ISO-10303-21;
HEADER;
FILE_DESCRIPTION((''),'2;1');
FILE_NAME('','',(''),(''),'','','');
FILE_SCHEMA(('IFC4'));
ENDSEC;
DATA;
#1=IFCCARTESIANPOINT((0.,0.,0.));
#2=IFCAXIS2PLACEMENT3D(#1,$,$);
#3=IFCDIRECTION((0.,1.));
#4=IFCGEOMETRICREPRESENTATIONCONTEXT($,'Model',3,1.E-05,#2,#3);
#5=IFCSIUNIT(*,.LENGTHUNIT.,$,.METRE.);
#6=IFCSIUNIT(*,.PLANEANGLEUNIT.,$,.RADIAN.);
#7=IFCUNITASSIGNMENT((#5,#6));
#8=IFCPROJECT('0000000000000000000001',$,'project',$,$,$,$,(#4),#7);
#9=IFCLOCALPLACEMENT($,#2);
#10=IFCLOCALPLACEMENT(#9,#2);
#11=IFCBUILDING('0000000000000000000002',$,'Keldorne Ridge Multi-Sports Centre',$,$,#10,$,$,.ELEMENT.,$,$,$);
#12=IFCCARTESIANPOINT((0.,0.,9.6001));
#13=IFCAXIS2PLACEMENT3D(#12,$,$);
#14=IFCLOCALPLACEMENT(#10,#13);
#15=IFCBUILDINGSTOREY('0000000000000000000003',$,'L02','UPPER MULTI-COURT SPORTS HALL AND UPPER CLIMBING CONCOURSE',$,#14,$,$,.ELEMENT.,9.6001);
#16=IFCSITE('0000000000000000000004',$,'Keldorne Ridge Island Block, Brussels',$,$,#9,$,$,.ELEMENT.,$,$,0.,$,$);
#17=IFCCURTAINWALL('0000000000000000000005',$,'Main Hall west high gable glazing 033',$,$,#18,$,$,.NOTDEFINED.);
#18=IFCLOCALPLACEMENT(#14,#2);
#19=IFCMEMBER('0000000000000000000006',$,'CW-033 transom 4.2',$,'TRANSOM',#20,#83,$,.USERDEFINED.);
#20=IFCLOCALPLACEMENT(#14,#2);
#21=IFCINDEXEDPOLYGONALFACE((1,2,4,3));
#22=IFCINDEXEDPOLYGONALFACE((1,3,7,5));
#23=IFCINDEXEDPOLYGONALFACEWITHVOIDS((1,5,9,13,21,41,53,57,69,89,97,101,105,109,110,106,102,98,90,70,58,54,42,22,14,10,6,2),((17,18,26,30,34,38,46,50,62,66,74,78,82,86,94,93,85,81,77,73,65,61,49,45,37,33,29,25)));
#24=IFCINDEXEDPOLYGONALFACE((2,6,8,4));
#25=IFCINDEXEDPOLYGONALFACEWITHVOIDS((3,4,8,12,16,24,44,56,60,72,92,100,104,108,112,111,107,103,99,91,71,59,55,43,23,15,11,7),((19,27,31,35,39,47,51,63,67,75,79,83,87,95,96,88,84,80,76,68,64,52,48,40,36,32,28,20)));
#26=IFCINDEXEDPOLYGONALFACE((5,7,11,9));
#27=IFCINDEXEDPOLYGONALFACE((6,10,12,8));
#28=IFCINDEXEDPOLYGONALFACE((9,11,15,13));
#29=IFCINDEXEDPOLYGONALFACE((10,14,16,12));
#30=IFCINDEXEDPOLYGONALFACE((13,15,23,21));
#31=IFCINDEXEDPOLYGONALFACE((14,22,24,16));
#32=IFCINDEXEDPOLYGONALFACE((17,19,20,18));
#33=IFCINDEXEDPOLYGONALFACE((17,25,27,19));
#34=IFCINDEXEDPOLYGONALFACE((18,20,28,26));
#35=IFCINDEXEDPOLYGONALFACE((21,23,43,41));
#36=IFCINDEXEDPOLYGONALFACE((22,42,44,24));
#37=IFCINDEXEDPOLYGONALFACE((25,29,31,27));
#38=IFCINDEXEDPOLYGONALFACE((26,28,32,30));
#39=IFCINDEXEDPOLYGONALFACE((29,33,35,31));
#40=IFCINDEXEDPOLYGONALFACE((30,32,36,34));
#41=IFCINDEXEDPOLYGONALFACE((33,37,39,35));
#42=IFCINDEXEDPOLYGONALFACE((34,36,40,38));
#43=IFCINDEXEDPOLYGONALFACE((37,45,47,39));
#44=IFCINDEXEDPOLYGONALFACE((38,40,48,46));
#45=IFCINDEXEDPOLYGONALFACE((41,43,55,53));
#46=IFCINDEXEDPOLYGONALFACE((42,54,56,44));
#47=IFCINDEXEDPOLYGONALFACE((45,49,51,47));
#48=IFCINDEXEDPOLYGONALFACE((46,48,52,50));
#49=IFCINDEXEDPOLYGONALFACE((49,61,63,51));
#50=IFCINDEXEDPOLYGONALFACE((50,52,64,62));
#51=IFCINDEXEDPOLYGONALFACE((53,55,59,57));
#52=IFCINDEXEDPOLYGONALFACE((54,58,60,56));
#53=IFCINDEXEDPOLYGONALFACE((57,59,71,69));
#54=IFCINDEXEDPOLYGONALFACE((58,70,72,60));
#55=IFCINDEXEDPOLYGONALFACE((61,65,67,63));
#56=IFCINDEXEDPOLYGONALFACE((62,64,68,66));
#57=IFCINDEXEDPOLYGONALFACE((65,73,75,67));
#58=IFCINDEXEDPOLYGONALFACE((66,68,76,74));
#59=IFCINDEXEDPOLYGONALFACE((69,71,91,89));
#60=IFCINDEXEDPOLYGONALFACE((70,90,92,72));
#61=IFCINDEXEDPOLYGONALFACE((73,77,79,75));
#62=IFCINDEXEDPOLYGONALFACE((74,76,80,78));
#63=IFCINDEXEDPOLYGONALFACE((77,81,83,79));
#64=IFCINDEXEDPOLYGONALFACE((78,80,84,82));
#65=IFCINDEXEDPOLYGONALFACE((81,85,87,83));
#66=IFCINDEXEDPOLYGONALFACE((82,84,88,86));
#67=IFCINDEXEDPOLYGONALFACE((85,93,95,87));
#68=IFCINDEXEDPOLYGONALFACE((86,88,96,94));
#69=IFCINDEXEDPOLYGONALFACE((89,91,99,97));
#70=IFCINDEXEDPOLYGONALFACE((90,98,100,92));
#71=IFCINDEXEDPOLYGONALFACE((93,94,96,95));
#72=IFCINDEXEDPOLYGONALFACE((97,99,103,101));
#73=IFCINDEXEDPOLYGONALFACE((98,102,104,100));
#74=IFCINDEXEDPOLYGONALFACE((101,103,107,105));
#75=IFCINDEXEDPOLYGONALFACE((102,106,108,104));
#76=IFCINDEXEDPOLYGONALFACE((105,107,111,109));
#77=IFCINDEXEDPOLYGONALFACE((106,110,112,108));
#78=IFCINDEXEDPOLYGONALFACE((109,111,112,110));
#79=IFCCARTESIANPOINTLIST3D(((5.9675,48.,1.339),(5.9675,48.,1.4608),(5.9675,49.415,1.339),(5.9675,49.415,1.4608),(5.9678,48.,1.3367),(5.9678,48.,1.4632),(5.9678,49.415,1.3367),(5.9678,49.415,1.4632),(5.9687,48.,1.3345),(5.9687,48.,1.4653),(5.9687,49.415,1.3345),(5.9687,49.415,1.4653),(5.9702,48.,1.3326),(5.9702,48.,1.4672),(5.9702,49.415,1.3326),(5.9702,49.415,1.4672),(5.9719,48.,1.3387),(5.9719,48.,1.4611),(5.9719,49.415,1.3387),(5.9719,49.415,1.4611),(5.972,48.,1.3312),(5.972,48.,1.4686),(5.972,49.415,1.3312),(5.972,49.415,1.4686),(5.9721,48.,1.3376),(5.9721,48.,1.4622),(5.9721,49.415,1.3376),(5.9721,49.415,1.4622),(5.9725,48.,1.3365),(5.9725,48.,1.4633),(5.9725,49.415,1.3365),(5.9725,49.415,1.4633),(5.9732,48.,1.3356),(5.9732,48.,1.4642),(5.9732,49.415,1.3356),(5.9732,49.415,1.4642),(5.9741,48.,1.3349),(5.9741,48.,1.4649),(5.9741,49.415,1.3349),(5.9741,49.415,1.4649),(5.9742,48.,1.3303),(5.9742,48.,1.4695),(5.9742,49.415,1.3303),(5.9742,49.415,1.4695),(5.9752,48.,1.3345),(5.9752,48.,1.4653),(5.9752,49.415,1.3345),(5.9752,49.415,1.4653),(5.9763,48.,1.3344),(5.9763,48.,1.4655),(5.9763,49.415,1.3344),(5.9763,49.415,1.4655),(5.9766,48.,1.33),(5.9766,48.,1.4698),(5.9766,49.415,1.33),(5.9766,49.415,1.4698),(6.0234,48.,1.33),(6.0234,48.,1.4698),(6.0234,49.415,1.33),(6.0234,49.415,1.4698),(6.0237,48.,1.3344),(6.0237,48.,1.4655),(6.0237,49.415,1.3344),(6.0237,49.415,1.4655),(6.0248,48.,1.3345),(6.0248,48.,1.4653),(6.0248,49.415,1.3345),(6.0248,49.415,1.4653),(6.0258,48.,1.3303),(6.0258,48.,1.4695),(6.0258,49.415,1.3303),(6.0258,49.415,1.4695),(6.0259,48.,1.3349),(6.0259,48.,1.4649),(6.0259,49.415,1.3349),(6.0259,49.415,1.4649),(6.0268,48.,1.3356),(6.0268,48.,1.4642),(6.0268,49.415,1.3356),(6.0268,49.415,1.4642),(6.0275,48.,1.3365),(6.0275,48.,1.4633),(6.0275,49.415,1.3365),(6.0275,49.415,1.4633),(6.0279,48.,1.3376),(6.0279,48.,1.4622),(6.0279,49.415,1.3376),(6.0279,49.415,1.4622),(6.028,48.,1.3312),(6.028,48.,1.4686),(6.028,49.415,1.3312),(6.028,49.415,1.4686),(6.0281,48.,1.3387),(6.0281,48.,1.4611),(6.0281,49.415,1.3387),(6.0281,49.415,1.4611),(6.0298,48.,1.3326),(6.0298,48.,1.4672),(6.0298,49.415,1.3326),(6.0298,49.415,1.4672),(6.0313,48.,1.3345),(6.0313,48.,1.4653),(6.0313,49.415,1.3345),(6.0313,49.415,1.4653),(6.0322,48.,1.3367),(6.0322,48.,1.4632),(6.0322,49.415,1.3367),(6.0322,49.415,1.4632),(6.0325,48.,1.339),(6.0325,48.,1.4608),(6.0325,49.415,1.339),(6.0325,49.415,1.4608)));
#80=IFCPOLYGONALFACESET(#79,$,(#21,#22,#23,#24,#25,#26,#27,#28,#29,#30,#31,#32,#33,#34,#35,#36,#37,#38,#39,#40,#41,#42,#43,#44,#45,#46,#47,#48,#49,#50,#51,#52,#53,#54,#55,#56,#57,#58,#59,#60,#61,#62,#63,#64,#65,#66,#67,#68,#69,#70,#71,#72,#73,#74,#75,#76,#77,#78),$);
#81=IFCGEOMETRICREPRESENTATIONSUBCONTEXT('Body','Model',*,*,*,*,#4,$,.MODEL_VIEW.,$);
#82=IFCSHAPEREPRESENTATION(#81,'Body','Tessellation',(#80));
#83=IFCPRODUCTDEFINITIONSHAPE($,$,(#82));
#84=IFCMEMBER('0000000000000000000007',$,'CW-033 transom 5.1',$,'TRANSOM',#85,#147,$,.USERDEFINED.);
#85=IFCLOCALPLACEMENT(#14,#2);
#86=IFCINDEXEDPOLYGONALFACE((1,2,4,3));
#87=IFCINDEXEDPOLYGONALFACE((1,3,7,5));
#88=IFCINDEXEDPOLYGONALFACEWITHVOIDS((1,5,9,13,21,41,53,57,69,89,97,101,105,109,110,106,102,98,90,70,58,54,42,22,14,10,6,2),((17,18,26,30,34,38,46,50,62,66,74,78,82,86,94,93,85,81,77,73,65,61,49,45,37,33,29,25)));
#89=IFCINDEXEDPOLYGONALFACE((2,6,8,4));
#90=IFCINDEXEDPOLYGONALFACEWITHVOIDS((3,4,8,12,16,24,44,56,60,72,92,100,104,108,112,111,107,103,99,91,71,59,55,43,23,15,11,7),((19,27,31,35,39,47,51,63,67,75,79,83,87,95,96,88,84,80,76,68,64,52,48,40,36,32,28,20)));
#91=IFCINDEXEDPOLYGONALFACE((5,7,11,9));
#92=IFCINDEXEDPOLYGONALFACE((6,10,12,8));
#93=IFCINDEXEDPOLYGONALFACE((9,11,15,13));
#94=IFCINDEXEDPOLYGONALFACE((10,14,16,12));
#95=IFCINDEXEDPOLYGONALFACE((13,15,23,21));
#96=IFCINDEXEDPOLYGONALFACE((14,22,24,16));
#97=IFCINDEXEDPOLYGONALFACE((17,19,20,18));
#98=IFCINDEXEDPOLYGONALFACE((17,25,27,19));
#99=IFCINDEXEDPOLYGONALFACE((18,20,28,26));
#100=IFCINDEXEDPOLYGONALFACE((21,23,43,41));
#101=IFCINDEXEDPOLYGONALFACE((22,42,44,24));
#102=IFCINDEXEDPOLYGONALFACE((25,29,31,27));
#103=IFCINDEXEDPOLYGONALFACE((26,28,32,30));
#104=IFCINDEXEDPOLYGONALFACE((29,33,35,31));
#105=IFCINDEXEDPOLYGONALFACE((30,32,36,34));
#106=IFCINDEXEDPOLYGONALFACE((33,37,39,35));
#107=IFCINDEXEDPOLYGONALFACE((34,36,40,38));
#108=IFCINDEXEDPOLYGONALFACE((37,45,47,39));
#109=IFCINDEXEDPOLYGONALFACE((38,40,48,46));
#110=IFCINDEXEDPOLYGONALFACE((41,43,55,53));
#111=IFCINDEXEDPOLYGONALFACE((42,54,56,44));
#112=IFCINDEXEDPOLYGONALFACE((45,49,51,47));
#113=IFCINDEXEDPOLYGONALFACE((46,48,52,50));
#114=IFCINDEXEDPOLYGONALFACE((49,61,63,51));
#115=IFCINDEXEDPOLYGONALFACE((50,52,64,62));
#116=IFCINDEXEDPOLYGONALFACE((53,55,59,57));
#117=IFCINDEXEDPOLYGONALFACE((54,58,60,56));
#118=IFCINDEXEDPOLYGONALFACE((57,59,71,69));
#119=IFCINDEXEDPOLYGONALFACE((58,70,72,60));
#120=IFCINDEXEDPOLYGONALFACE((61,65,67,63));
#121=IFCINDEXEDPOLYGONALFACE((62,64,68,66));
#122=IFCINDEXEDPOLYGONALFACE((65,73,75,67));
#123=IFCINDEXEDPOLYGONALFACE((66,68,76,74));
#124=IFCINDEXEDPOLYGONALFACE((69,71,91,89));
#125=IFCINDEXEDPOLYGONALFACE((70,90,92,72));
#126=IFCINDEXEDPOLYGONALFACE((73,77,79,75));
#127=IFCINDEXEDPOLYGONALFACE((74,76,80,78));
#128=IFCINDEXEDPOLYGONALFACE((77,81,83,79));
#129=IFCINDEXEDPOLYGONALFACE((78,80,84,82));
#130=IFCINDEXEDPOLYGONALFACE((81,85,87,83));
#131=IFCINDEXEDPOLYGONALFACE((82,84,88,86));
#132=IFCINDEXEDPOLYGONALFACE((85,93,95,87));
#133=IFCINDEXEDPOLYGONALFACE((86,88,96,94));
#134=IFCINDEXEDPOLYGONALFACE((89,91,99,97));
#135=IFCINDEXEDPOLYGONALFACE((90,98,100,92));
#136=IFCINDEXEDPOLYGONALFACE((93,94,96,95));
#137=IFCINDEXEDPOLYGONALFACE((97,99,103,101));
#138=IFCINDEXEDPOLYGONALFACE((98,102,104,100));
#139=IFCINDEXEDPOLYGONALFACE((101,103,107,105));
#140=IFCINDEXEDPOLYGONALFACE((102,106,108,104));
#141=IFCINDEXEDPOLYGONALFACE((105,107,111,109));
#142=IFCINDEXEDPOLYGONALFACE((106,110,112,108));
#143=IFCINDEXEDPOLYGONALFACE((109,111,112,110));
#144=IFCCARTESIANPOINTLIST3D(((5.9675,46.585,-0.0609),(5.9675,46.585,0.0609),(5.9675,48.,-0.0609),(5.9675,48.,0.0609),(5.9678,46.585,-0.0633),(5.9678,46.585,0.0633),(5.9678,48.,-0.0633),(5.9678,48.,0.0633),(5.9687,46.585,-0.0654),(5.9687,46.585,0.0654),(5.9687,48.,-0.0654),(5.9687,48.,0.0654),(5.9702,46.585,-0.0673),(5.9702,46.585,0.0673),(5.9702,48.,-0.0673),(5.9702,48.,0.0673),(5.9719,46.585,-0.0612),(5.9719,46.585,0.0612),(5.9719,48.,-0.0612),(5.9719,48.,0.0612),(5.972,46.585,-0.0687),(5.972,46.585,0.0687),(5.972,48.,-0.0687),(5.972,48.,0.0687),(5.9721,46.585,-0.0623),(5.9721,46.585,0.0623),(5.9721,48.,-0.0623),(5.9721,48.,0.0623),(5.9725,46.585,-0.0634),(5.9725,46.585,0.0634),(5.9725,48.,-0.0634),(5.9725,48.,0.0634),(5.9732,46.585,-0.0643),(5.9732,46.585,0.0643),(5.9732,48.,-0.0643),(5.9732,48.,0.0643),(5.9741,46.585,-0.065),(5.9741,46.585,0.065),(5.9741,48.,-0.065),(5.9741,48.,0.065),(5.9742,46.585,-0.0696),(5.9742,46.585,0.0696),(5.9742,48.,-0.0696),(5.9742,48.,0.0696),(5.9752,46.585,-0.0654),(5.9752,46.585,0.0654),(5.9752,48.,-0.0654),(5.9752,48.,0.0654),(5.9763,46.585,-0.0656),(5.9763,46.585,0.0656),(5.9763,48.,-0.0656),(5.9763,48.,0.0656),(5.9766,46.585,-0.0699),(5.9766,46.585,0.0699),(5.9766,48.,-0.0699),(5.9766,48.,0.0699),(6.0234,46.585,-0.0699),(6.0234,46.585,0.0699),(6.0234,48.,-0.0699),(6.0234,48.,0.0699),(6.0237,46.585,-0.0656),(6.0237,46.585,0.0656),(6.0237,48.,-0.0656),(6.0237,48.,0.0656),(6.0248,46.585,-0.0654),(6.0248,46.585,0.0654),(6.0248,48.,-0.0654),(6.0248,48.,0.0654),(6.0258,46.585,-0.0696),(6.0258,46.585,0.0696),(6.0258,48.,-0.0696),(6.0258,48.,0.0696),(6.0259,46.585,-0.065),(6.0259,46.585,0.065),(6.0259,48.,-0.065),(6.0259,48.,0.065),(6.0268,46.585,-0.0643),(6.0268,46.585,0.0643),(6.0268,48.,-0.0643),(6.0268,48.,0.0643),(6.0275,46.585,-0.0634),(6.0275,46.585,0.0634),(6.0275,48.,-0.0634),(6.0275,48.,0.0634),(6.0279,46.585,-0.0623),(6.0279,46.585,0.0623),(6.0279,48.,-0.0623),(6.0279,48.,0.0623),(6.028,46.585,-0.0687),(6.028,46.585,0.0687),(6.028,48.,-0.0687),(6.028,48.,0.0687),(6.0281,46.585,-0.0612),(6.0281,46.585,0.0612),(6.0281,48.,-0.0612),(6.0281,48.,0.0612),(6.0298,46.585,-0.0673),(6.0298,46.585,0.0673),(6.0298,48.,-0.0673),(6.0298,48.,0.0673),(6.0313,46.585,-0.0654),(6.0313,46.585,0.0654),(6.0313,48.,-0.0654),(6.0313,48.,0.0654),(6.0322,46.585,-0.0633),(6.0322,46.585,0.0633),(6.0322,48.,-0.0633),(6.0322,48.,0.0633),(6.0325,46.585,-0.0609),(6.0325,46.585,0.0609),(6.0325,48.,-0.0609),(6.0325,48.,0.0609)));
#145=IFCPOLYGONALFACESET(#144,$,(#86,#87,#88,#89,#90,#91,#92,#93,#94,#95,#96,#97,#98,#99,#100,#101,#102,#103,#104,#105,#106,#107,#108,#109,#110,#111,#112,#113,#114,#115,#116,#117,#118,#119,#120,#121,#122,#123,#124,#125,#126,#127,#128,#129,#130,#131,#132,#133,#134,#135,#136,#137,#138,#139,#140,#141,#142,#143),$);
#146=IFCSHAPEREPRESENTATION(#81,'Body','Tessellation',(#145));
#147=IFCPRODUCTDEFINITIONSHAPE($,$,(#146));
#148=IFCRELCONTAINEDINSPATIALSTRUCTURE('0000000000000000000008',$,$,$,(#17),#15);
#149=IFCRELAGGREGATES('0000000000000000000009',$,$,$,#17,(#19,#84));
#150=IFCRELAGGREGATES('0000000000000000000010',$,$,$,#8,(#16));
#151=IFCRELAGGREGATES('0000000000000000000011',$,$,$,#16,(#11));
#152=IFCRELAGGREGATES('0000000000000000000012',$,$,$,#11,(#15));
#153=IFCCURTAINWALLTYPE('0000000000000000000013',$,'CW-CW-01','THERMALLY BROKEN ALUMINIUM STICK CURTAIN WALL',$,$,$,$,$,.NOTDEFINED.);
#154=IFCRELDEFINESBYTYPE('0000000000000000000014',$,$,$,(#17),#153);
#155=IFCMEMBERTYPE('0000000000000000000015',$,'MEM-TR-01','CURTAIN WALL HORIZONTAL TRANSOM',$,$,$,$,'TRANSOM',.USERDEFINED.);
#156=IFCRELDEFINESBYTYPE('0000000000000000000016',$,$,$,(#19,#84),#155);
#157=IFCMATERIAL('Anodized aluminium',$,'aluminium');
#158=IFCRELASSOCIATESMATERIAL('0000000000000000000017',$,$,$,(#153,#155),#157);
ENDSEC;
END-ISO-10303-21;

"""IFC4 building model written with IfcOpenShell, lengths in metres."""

from ifc_helpers import new_model, si_unit, direction, frame, origin, origin_2d, place, context, subcontext, project, spatial, hollow_rectangle, extrude, material, material_profile, profile_set, type_object, element, aggregate, save


model = new_model("IFC4")

# Units and contexts
model_context = context("Model", 3, precision=1e-05, world=origin(), true_north=direction((0.0, 1.0)))
body_context = subcontext(model_context, "Body", "Model", "MODEL_VIEW")
ifc_project = project(units=[si_unit("LENGTHUNIT", "METRE"), si_unit("PLANEANGLEUNIT", "RADIAN")], contexts=[model_context])

# Site, building, storey
site_placement = place(None, origin())
site = spatial("IfcSite", under=ifc_project, at=site_placement, Name="Keldorne Ridge Island Block, Brussels", CompositionType="ELEMENT", RefElevation=0.0)
building_placement = place(site_placement, origin())
building = spatial("IfcBuilding", under=site, at=building_placement, Name="Keldorne Ridge Multi-Sports Centre", CompositionType="ELEMENT")
storey_placement = place(building_placement, frame((0.0, 0.0, 9.6001)))
storey = spatial("IfcBuildingStorey", under=building, at=storey_placement, Name="L02", Description="UPPER MULTI-COURT SPORTS HALL AND UPPER CLIMBING CONCOURSE", CompositionType="ELEMENT", Elevation=9.6001)

# Curtain wall, members
ifc_material_1 = material(Name="Anodized aluminium", Category="aluminium")
curtain_wall_type = type_object("IfcCurtainWallType", Name="CW-CW-01", Description="THERMALLY BROKEN ALUMINIUM STICK CURTAIN WALL", PredefinedType="NOTDEFINED", material=ifc_material_1)
curtain_wall_placement = place(storey_placement, origin())
curtain_wall = element("IfcCurtainWall", 1, at=curtain_wall_placement, inside=storey, type_object=curtain_wall_type, Name="Main Hall west high gable glazing 033", PredefinedType="NOTDEFINED")
ifc_material_profile_1 = material_profile(ifc_material_1, hollow_rectangle(XDim=0.0649, YDim=0.1399, WallThickness=0.0044, InnerFilletRadius=0.0044, OuterFilletRadius=0.009, at=origin_2d()), Name="ALU TRANSOM 140x65x4.5")
ifc_profile_set_1 = profile_set([ifc_material_profile_1], Name="Anodized aluminium")
member_type_1 = type_object("IfcMemberType", Name="MEM-TR-01", Description="CURTAIN WALL HORIZONTAL TRANSOM", ElementType="TRANSOM", PredefinedType="USERDEFINED", material=ifc_profile_set_1)
member_1_placement = place(storey_placement, frame((6.0, 49.415, 1.3999), z_axis=(0.0, -1.0, 0.0), x_axis=(1.0, 0.0, 0.0)))
member_1 = element("IfcMember", 2, at=member_1_placement, type_object=member_type_1, Name="CW-033 transom 4.2", ObjectType="TRANSOM", PredefinedType="USERDEFINED", context=body_context, shape_type="SweptSolid", body=[
    extrude(hollow_rectangle(XDim=0.0649, YDim=0.1399, WallThickness=0.0044, InnerFilletRadius=0.0044, OuterFilletRadius=0.009, at=origin_2d()), origin(), (0.0, 0.0, 1.0), 1.415),
])
member_2_placement = place(storey_placement, frame((6.0, 48.0, 0.0), z_axis=(0.0, -1.0, 0.0), x_axis=(1.0, 0.0, 0.0)))
member_2 = element("IfcMember", 3, at=member_2_placement, type_object=member_type_1, Name="CW-033 transom 5.1", ObjectType="TRANSOM", PredefinedType="USERDEFINED", context=body_context, shape_type="SweptSolid", body=[
    extrude(hollow_rectangle(XDim=0.0649, YDim=0.1399, WallThickness=0.0044, InnerFilletRadius=0.0044, OuterFilletRadius=0.009, at=origin_2d()), origin(), (0.0, 0.0, 1.0), 1.415),
])
aggregate(curtain_wall, [member_1, member_2])

save(model, "model.ifc")
